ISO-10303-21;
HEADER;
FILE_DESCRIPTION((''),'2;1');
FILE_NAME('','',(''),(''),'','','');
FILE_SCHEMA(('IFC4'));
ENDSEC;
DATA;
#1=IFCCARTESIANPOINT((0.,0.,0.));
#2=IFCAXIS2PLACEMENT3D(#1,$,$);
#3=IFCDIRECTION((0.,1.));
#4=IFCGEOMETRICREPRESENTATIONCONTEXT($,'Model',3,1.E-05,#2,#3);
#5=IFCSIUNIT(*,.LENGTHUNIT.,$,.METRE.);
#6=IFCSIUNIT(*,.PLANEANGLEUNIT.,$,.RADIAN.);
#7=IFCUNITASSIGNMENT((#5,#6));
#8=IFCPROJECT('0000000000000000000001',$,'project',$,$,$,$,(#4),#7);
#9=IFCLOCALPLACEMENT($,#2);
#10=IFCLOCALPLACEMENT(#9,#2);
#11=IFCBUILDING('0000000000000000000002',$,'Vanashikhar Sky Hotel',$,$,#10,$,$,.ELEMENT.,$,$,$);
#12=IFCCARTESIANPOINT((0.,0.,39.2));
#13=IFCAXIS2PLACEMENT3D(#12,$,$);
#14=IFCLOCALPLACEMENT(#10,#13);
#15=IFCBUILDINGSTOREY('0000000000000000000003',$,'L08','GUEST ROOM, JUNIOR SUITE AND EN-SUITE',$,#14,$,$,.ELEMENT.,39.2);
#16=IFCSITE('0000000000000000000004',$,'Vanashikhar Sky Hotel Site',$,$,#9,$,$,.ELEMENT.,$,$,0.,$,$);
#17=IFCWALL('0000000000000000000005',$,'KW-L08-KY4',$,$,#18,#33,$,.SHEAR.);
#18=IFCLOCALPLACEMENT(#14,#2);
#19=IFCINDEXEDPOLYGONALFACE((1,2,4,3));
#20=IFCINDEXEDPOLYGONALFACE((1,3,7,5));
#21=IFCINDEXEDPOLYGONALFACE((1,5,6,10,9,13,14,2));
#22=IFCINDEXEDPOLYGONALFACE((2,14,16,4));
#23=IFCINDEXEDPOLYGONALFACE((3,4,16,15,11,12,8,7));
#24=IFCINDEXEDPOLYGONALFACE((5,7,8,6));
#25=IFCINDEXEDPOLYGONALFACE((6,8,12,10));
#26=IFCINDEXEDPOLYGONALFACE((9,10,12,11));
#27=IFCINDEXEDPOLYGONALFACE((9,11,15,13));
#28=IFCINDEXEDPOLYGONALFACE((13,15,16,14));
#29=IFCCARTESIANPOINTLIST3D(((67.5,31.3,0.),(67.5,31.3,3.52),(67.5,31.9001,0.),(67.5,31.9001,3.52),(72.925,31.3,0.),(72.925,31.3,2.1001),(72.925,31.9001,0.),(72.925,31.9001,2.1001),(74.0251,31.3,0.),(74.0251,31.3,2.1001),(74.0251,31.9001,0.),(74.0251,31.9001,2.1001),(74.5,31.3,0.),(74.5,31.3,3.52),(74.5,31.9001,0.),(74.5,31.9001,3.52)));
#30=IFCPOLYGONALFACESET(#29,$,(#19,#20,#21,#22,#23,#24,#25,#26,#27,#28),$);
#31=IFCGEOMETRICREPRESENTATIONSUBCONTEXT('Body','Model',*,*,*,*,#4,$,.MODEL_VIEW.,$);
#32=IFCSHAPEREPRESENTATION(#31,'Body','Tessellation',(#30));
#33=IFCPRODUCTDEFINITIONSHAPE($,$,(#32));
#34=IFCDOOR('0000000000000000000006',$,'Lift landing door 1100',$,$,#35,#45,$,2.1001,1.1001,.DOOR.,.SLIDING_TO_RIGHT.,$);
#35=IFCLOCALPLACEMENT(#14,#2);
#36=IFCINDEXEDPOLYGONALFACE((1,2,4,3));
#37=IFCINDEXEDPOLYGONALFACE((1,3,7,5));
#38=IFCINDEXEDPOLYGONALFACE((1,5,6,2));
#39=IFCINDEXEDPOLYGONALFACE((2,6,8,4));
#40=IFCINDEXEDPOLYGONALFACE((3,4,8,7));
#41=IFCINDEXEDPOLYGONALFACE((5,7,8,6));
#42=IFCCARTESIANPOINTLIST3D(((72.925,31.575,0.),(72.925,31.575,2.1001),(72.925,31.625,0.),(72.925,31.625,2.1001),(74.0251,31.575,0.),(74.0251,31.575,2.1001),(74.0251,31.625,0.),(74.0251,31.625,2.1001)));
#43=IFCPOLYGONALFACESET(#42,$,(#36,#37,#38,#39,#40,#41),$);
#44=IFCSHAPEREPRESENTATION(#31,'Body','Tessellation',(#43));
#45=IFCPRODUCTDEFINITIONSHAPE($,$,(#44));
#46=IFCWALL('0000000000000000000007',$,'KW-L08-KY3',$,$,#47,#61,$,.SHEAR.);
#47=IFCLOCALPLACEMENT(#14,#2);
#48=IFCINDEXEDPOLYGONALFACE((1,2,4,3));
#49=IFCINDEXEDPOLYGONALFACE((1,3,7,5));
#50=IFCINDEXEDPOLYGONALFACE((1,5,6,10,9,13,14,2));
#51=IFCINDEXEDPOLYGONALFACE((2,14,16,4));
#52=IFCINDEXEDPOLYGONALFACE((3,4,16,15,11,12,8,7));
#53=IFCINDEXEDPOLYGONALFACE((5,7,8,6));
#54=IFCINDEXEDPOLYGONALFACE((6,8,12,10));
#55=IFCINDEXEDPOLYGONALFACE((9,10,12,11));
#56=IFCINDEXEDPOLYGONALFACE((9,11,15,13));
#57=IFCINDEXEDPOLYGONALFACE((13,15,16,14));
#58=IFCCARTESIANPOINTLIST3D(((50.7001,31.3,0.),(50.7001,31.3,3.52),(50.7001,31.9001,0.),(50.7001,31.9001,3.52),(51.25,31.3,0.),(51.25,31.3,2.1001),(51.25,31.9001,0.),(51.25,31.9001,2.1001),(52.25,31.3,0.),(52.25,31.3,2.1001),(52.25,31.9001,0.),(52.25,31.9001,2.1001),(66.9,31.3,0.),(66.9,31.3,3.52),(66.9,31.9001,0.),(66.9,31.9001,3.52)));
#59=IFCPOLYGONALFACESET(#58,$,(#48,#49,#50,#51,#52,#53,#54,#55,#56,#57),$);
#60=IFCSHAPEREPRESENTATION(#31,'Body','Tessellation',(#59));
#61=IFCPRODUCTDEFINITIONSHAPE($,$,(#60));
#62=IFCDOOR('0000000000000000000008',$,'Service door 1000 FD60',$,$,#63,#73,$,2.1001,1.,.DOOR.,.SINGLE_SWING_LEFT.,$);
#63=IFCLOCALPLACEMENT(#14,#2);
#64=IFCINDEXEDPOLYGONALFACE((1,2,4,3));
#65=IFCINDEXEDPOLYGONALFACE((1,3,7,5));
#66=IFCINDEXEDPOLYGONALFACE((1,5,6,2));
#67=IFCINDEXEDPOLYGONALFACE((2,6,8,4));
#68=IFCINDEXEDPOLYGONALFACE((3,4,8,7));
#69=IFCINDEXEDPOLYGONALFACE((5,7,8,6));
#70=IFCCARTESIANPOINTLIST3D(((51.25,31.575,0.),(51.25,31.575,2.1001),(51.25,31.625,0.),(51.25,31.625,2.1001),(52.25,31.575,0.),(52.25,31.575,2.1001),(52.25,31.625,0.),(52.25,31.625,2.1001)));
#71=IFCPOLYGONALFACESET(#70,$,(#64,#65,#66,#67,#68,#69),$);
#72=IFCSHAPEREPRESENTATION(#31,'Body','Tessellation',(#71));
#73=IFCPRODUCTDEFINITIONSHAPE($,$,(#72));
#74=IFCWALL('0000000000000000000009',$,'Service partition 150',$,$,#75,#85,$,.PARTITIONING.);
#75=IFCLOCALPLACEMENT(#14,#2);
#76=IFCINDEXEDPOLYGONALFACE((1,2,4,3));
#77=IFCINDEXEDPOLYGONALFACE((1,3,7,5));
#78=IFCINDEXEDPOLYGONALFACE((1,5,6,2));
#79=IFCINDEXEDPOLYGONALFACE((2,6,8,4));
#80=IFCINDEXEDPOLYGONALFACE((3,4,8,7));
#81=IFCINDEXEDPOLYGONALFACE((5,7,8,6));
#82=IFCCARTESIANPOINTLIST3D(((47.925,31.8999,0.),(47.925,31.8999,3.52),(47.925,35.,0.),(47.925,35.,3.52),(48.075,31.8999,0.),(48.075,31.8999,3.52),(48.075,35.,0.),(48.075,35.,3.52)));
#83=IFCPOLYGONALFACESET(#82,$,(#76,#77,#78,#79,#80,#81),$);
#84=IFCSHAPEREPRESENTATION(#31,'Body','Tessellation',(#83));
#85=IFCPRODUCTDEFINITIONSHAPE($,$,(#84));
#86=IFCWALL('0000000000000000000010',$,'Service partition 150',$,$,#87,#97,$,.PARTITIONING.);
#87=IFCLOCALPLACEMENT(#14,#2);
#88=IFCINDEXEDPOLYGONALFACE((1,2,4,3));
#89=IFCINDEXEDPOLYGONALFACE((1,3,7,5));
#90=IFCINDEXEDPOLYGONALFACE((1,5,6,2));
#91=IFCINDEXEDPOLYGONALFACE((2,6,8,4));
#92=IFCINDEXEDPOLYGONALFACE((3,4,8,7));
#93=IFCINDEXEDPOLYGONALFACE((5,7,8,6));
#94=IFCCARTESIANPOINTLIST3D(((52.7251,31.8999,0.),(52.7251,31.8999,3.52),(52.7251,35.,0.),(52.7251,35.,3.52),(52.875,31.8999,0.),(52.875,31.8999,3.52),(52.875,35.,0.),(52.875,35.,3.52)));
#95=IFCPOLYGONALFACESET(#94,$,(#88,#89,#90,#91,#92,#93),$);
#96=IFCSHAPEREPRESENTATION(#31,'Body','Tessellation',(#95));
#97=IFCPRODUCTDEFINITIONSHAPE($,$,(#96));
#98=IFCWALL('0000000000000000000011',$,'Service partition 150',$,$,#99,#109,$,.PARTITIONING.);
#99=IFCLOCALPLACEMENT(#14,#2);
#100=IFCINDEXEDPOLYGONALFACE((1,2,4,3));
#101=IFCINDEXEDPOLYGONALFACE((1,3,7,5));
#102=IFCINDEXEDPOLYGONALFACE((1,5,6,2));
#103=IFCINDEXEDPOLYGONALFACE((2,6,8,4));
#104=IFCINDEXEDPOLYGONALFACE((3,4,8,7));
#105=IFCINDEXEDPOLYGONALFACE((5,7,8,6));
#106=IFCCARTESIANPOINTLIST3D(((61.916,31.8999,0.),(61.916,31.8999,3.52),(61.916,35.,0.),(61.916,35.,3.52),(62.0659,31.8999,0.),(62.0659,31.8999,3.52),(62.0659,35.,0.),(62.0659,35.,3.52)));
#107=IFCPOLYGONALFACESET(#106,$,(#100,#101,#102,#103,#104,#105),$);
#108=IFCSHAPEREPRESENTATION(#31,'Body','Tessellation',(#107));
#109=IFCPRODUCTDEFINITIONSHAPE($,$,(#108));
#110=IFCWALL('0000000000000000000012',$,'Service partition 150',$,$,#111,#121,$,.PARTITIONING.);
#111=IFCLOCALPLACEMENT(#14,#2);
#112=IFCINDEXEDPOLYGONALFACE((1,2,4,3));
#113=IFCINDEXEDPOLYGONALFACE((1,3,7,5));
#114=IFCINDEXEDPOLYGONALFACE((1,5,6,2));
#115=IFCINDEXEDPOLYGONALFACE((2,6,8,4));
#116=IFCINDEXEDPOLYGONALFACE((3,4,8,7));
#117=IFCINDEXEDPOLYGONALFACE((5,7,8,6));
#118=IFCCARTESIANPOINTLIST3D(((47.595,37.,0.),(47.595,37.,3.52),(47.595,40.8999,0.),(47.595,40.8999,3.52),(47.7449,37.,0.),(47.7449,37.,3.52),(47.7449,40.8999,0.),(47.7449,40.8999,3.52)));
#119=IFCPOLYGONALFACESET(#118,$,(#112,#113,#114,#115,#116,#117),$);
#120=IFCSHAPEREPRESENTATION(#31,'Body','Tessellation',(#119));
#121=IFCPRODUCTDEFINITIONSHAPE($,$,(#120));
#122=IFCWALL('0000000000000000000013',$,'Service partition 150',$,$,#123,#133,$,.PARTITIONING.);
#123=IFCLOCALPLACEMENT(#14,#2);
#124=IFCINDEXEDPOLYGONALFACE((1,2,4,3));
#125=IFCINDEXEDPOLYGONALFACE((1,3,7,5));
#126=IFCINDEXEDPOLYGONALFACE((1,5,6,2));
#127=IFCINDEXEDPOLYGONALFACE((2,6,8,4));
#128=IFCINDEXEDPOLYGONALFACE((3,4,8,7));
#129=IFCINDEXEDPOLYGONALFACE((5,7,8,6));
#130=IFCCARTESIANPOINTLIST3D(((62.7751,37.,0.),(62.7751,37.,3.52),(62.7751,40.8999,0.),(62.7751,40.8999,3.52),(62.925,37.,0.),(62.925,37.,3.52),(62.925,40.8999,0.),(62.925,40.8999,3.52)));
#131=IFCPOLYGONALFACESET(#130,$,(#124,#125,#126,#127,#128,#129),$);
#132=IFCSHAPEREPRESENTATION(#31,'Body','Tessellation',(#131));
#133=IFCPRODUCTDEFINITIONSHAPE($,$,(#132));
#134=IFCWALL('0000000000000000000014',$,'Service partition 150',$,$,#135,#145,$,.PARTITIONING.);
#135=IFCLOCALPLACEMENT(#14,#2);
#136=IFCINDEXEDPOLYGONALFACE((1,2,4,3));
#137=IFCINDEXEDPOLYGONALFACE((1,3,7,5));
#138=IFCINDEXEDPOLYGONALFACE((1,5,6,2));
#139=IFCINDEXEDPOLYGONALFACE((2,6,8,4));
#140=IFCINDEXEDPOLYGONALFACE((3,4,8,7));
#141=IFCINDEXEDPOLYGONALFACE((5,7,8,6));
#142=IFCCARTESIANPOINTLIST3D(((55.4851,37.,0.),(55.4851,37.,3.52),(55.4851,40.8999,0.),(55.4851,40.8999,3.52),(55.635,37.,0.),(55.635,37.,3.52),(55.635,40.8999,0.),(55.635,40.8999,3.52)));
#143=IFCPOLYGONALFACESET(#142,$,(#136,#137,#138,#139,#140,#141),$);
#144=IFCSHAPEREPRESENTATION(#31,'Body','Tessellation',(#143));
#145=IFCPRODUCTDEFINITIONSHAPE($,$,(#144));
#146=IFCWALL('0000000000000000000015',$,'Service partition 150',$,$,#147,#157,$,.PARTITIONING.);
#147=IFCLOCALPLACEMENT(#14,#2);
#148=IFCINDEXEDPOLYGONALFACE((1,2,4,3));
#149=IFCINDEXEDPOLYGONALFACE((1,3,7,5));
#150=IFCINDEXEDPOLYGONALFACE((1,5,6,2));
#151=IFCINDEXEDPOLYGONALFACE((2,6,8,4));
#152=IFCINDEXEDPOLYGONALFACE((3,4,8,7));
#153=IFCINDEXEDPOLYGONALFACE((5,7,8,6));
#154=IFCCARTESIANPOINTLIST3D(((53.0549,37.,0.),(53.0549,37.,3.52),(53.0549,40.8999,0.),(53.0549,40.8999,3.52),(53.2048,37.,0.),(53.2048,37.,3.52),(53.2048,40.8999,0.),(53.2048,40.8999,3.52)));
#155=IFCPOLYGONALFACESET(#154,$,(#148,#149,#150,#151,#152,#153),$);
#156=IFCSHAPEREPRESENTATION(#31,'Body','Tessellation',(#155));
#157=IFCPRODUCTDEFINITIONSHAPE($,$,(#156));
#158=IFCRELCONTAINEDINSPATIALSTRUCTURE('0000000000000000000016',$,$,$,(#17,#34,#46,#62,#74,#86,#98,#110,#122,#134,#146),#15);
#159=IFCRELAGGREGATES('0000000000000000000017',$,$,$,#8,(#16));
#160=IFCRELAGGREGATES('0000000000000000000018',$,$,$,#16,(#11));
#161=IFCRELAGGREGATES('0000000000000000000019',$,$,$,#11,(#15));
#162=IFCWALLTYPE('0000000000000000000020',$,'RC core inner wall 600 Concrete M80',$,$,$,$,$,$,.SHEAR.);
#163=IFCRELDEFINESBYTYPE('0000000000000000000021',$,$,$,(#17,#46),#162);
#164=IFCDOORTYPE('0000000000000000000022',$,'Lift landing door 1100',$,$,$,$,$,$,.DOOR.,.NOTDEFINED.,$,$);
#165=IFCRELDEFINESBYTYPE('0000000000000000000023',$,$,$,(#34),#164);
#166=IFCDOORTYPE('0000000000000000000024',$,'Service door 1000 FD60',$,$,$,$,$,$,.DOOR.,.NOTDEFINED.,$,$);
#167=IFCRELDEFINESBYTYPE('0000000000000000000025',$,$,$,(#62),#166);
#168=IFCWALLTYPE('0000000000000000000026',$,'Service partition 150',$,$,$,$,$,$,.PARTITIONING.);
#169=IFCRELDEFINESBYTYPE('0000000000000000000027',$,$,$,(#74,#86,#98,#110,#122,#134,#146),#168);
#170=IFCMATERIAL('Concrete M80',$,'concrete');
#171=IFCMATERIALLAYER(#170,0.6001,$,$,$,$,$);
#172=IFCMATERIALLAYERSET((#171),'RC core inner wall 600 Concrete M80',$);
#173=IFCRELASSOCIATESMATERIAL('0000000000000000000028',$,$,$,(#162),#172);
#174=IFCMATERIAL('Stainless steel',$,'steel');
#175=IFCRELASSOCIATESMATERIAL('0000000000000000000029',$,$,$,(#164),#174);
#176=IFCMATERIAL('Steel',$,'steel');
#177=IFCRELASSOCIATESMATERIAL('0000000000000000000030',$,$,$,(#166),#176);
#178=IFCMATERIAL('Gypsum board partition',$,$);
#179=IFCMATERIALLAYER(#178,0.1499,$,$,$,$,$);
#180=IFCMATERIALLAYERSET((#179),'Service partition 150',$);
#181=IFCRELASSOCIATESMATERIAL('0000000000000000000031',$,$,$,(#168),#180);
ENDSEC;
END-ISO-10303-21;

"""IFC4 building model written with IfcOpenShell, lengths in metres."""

from ifc_helpers import new_model, si_unit, direction, frame, frame_2d, origin, place, context, subcontext, project, spatial, rectangle, extrude, source, transform, mapped, material, layer, layer_set, type_object, element, fill, save


model = new_model("IFC4")

# Units and contexts
model_context = context("Model", 3, precision=1e-05, world=origin(), true_north=direction((0.0, 1.0)))
body_context = subcontext(model_context, "Body", "Model", "MODEL_VIEW")
ifc_project = project(units=[si_unit("LENGTHUNIT", "METRE"), si_unit("PLANEANGLEUNIT", "RADIAN")], contexts=[model_context])

# Site, building, storey
site_placement = place(None, origin())
site = spatial("IfcSite", under=ifc_project, at=site_placement, Name="Vanashikhar Sky Hotel Site", CompositionType="ELEMENT", RefElevation=0.0)
building_placement = place(site_placement, origin())
building = spatial("IfcBuilding", under=site, at=building_placement, Name="Vanashikhar Sky Hotel", CompositionType="ELEMENT")
storey_placement = place(building_placement, frame((0.0, 0.0, 39.2)))
storey = spatial("IfcBuildingStorey", under=building, at=storey_placement, Name="L08", Description="GUEST ROOM, JUNIOR SUITE AND EN-SUITE", CompositionType="ELEMENT", Elevation=39.2)

# Walls, openings, doors
ifc_material_1 = material(Name="Concrete M80", Category="concrete")
ifc_layer_1 = layer(ifc_material_1, 0.6001)
ifc_layer_set_1 = layer_set([ifc_layer_1], Name="RC core inner wall 600 Concrete M80")
wall_type_1 = type_object("IfcWallType", Name="RC core inner wall 600 Concrete M80", PredefinedType="SHEAR", material=ifc_layer_set_1)
shared_shape_1 = source(origin(), body_context, "Body", "SweptSolid", [
    extrude(rectangle(XDim=7.0, YDim=0.6001, at=frame_2d((3.5, 0.0))), origin(), (0.0, 0.0, 1.0), 3.52),
])
wall_1_placement = place(storey_placement, frame((67.5, 31.6001, 0.0), z_axis=(0.0, 0.0, 1.0), x_axis=(1.0, 0.0, 0.0)))
wall_1 = element("IfcWall", 1, at=wall_1_placement, inside=storey, type_object=wall_type_1, Name="KW-L08-KY4", PredefinedType="SHEAR", context=body_context, shape_type="MappedRepresentation", body=[
    mapped(shared_shape_1, transform((0.0, 0.0, 0.0), scale=1.0)),
])
shared_shape_2 = source(origin(), body_context, "Body", "SweptSolid", [
    extrude(rectangle(XDim=1.1001, YDim=2.1001, at=frame_2d((0.55, 1.05))), frame((0.0, 0.3101, 0.0), z_axis=(0.0, -1.0, 0.0), x_axis=(1.0, 0.0, 0.0)), (0.0, 0.0, 1.0), 0.6201),
])
opening_1_placement = place(wall_1_placement, frame((5.425, 0.0, 0.0)))
opening_1 = element("IfcOpeningElement", 2, at=opening_1_placement, cuts=wall_1, PredefinedType="OPENING", context=body_context, shape_type="MappedRepresentation", body=[
    mapped(shared_shape_2, transform((0.0, 0.0, 0.0), scale=1.0)),
])
ifc_material_2 = material(Name="Stainless steel", Category="steel")
door_type_1 = type_object("IfcDoorType", Name="Lift landing door 1100", OperationType="NOTDEFINED", PredefinedType="DOOR", material=ifc_material_2)
shared_shape_3 = source(origin(), body_context, "Body", "SweptSolid", [
    extrude(rectangle(XDim=1.1001, YDim=2.1001, at=frame_2d((0.55, 1.05))), frame((0.0, 0.0249, 0.0), z_axis=(0.0, -1.0, 0.0), x_axis=(1.0, 0.0, 0.0)), (0.0, 0.0, 1.0), 0.05),
])
door_1_placement = place(opening_1_placement, origin())
door_1 = element("IfcDoor", 3, at=door_1_placement, inside=storey, type_object=door_type_1, Name="Lift landing door 1100", OperationType="SLIDING_TO_RIGHT", OverallHeight=2.1001, OverallWidth=1.1001, PredefinedType="DOOR", context=body_context, shape_type="MappedRepresentation", body=[
    mapped(shared_shape_3, transform((0.0, 0.0, 0.0), scale=1.0)),
])
fill(opening_1, door_1)
shared_shape_4 = source(origin(), body_context, "Body", "SweptSolid", [
    extrude(rectangle(XDim=16.2, YDim=0.6001, at=frame_2d((8.1001, 0.0))), origin(), (0.0, 0.0, 1.0), 3.52),
])
wall_2_placement = place(storey_placement, frame((50.7, 31.6001, 0.0), z_axis=(0.0, 0.0, 1.0), x_axis=(1.0, 0.0, 0.0)))
wall_2 = element("IfcWall", 4, at=wall_2_placement, inside=storey, type_object=wall_type_1, Name="KW-L08-KY3", PredefinedType="SHEAR", context=body_context, shape_type="MappedRepresentation", body=[
    mapped(shared_shape_4, transform((0.0, 0.0, 0.0), scale=1.0)),
])
shared_shape_5 = source(origin(), body_context, "Body", "SweptSolid", [
    extrude(rectangle(XDim=1.0, YDim=2.1001, at=frame_2d((0.5, 1.05))), frame((0.0, 0.3101, 0.0), z_axis=(0.0, -1.0, 0.0), x_axis=(1.0, 0.0, 0.0)), (0.0, 0.0, 1.0), 0.6201),
])
opening_2_placement = place(wall_2_placement, frame((0.55, 0.0, 0.0)))
opening_2 = element("IfcOpeningElement", 5, at=opening_2_placement, cuts=wall_2, PredefinedType="OPENING", context=body_context, shape_type="MappedRepresentation", body=[
    mapped(shared_shape_5, transform((0.0, 0.0, 0.0), scale=1.0)),
])
ifc_material_3 = material(Name="Steel", Category="steel")
door_type_2 = type_object("IfcDoorType", Name="Service door 1000 FD60", OperationType="NOTDEFINED", PredefinedType="DOOR", material=ifc_material_3)
shared_shape_6 = source(origin(), body_context, "Body", "SweptSolid", [
    extrude(rectangle(XDim=1.0, YDim=2.1001, at=frame_2d((0.5, 1.05))), frame((0.0, 0.0249, 0.0), z_axis=(0.0, -1.0, 0.0), x_axis=(1.0, 0.0, 0.0)), (0.0, 0.0, 1.0), 0.05),
])
door_2_placement = place(opening_2_placement, origin())
door_2 = element("IfcDoor", 6, at=door_2_placement, inside=storey, type_object=door_type_2, Name="Service door 1000 FD60", OperationType="SINGLE_SWING_LEFT", OverallHeight=2.1001, OverallWidth=1.0, PredefinedType="DOOR", context=body_context, shape_type="MappedRepresentation", body=[
    mapped(shared_shape_6, transform((0.0, 0.0, 0.0), scale=1.0)),
])
fill(opening_2, door_2)

# Walls
ifc_material_4 = material(Name="Gypsum board partition")
ifc_layer_2 = layer(ifc_material_4, 0.1499)
ifc_layer_set_2 = layer_set([ifc_layer_2], Name="Service partition 150")
wall_type_2 = type_object("IfcWallType", Name="Service partition 150", PredefinedType="PARTITIONING", material=ifc_layer_set_2)
shared_shape_7 = source(origin(), body_context, "Body", "SweptSolid", [
    extrude(rectangle(XDim=3.1001, YDim=0.1499, at=frame_2d((1.55, 0.0))), origin(), (0.0, 0.0, 1.0), 3.52),
])
for number, where, z_axis, x_axis, name in (
    (7, (48.0, 31.8999, 0.0), (0.0, 0.0, 1.0), (0.0, 1.0, 0.0), "Service partition 150"),
    (8, (52.8, 31.8999, 0.0), (0.0, 0.0, 1.0), (0.0, 1.0, 0.0), "Service partition 150"),
    (9, (61.991, 31.8999, 0.0), (0.0, 0.0, 1.0), (0.0, 1.0, 0.0), "Service partition 150"),
):
    element("IfcWall", number, at=place(storey_placement, frame(where, z_axis=z_axis, x_axis=x_axis)), inside=storey, type_object=wall_type_2, Name=name, PredefinedType="PARTITIONING", context=body_context, shape_type="MappedRepresentation", body=[
        mapped(shared_shape_7, transform((0.0, 0.0, 0.0), scale=1.0)),
    ])
shared_shape_8 = source(origin(), body_context, "Body", "SweptSolid", [
    extrude(rectangle(XDim=3.8999, YDim=0.1499, at=frame_2d((1.95, 0.0))), origin(), (0.0, 0.0, 1.0), 3.52),
])
for number, where, z_axis, x_axis, name in (
    (10, (47.6699, 37.0, 0.0), (0.0, 0.0, 1.0), (0.0, 1.0, 0.0), "Service partition 150"),
    (11, (62.8501, 37.0, 0.0), (0.0, 0.0, 1.0), (0.0, 1.0, 0.0), "Service partition 150"),
    (12, (55.5601, 37.0, 0.0), (0.0, 0.0, 1.0), (0.0, 1.0, 0.0), "Service partition 150"),
    (13, (53.1299, 37.0, 0.0), (0.0, 0.0, 1.0), (0.0, 1.0, 0.0), "Service partition 150"),
):
    element("IfcWall", number, at=place(storey_placement, frame(where, z_axis=z_axis, x_axis=x_axis)), inside=storey, type_object=wall_type_2, Name=name, PredefinedType="PARTITIONING", context=body_context, shape_type="MappedRepresentation", body=[
        mapped(shared_shape_8, transform((0.0, 0.0, 0.0), scale=1.0)),
    ])

save(model, "model.ifc")
